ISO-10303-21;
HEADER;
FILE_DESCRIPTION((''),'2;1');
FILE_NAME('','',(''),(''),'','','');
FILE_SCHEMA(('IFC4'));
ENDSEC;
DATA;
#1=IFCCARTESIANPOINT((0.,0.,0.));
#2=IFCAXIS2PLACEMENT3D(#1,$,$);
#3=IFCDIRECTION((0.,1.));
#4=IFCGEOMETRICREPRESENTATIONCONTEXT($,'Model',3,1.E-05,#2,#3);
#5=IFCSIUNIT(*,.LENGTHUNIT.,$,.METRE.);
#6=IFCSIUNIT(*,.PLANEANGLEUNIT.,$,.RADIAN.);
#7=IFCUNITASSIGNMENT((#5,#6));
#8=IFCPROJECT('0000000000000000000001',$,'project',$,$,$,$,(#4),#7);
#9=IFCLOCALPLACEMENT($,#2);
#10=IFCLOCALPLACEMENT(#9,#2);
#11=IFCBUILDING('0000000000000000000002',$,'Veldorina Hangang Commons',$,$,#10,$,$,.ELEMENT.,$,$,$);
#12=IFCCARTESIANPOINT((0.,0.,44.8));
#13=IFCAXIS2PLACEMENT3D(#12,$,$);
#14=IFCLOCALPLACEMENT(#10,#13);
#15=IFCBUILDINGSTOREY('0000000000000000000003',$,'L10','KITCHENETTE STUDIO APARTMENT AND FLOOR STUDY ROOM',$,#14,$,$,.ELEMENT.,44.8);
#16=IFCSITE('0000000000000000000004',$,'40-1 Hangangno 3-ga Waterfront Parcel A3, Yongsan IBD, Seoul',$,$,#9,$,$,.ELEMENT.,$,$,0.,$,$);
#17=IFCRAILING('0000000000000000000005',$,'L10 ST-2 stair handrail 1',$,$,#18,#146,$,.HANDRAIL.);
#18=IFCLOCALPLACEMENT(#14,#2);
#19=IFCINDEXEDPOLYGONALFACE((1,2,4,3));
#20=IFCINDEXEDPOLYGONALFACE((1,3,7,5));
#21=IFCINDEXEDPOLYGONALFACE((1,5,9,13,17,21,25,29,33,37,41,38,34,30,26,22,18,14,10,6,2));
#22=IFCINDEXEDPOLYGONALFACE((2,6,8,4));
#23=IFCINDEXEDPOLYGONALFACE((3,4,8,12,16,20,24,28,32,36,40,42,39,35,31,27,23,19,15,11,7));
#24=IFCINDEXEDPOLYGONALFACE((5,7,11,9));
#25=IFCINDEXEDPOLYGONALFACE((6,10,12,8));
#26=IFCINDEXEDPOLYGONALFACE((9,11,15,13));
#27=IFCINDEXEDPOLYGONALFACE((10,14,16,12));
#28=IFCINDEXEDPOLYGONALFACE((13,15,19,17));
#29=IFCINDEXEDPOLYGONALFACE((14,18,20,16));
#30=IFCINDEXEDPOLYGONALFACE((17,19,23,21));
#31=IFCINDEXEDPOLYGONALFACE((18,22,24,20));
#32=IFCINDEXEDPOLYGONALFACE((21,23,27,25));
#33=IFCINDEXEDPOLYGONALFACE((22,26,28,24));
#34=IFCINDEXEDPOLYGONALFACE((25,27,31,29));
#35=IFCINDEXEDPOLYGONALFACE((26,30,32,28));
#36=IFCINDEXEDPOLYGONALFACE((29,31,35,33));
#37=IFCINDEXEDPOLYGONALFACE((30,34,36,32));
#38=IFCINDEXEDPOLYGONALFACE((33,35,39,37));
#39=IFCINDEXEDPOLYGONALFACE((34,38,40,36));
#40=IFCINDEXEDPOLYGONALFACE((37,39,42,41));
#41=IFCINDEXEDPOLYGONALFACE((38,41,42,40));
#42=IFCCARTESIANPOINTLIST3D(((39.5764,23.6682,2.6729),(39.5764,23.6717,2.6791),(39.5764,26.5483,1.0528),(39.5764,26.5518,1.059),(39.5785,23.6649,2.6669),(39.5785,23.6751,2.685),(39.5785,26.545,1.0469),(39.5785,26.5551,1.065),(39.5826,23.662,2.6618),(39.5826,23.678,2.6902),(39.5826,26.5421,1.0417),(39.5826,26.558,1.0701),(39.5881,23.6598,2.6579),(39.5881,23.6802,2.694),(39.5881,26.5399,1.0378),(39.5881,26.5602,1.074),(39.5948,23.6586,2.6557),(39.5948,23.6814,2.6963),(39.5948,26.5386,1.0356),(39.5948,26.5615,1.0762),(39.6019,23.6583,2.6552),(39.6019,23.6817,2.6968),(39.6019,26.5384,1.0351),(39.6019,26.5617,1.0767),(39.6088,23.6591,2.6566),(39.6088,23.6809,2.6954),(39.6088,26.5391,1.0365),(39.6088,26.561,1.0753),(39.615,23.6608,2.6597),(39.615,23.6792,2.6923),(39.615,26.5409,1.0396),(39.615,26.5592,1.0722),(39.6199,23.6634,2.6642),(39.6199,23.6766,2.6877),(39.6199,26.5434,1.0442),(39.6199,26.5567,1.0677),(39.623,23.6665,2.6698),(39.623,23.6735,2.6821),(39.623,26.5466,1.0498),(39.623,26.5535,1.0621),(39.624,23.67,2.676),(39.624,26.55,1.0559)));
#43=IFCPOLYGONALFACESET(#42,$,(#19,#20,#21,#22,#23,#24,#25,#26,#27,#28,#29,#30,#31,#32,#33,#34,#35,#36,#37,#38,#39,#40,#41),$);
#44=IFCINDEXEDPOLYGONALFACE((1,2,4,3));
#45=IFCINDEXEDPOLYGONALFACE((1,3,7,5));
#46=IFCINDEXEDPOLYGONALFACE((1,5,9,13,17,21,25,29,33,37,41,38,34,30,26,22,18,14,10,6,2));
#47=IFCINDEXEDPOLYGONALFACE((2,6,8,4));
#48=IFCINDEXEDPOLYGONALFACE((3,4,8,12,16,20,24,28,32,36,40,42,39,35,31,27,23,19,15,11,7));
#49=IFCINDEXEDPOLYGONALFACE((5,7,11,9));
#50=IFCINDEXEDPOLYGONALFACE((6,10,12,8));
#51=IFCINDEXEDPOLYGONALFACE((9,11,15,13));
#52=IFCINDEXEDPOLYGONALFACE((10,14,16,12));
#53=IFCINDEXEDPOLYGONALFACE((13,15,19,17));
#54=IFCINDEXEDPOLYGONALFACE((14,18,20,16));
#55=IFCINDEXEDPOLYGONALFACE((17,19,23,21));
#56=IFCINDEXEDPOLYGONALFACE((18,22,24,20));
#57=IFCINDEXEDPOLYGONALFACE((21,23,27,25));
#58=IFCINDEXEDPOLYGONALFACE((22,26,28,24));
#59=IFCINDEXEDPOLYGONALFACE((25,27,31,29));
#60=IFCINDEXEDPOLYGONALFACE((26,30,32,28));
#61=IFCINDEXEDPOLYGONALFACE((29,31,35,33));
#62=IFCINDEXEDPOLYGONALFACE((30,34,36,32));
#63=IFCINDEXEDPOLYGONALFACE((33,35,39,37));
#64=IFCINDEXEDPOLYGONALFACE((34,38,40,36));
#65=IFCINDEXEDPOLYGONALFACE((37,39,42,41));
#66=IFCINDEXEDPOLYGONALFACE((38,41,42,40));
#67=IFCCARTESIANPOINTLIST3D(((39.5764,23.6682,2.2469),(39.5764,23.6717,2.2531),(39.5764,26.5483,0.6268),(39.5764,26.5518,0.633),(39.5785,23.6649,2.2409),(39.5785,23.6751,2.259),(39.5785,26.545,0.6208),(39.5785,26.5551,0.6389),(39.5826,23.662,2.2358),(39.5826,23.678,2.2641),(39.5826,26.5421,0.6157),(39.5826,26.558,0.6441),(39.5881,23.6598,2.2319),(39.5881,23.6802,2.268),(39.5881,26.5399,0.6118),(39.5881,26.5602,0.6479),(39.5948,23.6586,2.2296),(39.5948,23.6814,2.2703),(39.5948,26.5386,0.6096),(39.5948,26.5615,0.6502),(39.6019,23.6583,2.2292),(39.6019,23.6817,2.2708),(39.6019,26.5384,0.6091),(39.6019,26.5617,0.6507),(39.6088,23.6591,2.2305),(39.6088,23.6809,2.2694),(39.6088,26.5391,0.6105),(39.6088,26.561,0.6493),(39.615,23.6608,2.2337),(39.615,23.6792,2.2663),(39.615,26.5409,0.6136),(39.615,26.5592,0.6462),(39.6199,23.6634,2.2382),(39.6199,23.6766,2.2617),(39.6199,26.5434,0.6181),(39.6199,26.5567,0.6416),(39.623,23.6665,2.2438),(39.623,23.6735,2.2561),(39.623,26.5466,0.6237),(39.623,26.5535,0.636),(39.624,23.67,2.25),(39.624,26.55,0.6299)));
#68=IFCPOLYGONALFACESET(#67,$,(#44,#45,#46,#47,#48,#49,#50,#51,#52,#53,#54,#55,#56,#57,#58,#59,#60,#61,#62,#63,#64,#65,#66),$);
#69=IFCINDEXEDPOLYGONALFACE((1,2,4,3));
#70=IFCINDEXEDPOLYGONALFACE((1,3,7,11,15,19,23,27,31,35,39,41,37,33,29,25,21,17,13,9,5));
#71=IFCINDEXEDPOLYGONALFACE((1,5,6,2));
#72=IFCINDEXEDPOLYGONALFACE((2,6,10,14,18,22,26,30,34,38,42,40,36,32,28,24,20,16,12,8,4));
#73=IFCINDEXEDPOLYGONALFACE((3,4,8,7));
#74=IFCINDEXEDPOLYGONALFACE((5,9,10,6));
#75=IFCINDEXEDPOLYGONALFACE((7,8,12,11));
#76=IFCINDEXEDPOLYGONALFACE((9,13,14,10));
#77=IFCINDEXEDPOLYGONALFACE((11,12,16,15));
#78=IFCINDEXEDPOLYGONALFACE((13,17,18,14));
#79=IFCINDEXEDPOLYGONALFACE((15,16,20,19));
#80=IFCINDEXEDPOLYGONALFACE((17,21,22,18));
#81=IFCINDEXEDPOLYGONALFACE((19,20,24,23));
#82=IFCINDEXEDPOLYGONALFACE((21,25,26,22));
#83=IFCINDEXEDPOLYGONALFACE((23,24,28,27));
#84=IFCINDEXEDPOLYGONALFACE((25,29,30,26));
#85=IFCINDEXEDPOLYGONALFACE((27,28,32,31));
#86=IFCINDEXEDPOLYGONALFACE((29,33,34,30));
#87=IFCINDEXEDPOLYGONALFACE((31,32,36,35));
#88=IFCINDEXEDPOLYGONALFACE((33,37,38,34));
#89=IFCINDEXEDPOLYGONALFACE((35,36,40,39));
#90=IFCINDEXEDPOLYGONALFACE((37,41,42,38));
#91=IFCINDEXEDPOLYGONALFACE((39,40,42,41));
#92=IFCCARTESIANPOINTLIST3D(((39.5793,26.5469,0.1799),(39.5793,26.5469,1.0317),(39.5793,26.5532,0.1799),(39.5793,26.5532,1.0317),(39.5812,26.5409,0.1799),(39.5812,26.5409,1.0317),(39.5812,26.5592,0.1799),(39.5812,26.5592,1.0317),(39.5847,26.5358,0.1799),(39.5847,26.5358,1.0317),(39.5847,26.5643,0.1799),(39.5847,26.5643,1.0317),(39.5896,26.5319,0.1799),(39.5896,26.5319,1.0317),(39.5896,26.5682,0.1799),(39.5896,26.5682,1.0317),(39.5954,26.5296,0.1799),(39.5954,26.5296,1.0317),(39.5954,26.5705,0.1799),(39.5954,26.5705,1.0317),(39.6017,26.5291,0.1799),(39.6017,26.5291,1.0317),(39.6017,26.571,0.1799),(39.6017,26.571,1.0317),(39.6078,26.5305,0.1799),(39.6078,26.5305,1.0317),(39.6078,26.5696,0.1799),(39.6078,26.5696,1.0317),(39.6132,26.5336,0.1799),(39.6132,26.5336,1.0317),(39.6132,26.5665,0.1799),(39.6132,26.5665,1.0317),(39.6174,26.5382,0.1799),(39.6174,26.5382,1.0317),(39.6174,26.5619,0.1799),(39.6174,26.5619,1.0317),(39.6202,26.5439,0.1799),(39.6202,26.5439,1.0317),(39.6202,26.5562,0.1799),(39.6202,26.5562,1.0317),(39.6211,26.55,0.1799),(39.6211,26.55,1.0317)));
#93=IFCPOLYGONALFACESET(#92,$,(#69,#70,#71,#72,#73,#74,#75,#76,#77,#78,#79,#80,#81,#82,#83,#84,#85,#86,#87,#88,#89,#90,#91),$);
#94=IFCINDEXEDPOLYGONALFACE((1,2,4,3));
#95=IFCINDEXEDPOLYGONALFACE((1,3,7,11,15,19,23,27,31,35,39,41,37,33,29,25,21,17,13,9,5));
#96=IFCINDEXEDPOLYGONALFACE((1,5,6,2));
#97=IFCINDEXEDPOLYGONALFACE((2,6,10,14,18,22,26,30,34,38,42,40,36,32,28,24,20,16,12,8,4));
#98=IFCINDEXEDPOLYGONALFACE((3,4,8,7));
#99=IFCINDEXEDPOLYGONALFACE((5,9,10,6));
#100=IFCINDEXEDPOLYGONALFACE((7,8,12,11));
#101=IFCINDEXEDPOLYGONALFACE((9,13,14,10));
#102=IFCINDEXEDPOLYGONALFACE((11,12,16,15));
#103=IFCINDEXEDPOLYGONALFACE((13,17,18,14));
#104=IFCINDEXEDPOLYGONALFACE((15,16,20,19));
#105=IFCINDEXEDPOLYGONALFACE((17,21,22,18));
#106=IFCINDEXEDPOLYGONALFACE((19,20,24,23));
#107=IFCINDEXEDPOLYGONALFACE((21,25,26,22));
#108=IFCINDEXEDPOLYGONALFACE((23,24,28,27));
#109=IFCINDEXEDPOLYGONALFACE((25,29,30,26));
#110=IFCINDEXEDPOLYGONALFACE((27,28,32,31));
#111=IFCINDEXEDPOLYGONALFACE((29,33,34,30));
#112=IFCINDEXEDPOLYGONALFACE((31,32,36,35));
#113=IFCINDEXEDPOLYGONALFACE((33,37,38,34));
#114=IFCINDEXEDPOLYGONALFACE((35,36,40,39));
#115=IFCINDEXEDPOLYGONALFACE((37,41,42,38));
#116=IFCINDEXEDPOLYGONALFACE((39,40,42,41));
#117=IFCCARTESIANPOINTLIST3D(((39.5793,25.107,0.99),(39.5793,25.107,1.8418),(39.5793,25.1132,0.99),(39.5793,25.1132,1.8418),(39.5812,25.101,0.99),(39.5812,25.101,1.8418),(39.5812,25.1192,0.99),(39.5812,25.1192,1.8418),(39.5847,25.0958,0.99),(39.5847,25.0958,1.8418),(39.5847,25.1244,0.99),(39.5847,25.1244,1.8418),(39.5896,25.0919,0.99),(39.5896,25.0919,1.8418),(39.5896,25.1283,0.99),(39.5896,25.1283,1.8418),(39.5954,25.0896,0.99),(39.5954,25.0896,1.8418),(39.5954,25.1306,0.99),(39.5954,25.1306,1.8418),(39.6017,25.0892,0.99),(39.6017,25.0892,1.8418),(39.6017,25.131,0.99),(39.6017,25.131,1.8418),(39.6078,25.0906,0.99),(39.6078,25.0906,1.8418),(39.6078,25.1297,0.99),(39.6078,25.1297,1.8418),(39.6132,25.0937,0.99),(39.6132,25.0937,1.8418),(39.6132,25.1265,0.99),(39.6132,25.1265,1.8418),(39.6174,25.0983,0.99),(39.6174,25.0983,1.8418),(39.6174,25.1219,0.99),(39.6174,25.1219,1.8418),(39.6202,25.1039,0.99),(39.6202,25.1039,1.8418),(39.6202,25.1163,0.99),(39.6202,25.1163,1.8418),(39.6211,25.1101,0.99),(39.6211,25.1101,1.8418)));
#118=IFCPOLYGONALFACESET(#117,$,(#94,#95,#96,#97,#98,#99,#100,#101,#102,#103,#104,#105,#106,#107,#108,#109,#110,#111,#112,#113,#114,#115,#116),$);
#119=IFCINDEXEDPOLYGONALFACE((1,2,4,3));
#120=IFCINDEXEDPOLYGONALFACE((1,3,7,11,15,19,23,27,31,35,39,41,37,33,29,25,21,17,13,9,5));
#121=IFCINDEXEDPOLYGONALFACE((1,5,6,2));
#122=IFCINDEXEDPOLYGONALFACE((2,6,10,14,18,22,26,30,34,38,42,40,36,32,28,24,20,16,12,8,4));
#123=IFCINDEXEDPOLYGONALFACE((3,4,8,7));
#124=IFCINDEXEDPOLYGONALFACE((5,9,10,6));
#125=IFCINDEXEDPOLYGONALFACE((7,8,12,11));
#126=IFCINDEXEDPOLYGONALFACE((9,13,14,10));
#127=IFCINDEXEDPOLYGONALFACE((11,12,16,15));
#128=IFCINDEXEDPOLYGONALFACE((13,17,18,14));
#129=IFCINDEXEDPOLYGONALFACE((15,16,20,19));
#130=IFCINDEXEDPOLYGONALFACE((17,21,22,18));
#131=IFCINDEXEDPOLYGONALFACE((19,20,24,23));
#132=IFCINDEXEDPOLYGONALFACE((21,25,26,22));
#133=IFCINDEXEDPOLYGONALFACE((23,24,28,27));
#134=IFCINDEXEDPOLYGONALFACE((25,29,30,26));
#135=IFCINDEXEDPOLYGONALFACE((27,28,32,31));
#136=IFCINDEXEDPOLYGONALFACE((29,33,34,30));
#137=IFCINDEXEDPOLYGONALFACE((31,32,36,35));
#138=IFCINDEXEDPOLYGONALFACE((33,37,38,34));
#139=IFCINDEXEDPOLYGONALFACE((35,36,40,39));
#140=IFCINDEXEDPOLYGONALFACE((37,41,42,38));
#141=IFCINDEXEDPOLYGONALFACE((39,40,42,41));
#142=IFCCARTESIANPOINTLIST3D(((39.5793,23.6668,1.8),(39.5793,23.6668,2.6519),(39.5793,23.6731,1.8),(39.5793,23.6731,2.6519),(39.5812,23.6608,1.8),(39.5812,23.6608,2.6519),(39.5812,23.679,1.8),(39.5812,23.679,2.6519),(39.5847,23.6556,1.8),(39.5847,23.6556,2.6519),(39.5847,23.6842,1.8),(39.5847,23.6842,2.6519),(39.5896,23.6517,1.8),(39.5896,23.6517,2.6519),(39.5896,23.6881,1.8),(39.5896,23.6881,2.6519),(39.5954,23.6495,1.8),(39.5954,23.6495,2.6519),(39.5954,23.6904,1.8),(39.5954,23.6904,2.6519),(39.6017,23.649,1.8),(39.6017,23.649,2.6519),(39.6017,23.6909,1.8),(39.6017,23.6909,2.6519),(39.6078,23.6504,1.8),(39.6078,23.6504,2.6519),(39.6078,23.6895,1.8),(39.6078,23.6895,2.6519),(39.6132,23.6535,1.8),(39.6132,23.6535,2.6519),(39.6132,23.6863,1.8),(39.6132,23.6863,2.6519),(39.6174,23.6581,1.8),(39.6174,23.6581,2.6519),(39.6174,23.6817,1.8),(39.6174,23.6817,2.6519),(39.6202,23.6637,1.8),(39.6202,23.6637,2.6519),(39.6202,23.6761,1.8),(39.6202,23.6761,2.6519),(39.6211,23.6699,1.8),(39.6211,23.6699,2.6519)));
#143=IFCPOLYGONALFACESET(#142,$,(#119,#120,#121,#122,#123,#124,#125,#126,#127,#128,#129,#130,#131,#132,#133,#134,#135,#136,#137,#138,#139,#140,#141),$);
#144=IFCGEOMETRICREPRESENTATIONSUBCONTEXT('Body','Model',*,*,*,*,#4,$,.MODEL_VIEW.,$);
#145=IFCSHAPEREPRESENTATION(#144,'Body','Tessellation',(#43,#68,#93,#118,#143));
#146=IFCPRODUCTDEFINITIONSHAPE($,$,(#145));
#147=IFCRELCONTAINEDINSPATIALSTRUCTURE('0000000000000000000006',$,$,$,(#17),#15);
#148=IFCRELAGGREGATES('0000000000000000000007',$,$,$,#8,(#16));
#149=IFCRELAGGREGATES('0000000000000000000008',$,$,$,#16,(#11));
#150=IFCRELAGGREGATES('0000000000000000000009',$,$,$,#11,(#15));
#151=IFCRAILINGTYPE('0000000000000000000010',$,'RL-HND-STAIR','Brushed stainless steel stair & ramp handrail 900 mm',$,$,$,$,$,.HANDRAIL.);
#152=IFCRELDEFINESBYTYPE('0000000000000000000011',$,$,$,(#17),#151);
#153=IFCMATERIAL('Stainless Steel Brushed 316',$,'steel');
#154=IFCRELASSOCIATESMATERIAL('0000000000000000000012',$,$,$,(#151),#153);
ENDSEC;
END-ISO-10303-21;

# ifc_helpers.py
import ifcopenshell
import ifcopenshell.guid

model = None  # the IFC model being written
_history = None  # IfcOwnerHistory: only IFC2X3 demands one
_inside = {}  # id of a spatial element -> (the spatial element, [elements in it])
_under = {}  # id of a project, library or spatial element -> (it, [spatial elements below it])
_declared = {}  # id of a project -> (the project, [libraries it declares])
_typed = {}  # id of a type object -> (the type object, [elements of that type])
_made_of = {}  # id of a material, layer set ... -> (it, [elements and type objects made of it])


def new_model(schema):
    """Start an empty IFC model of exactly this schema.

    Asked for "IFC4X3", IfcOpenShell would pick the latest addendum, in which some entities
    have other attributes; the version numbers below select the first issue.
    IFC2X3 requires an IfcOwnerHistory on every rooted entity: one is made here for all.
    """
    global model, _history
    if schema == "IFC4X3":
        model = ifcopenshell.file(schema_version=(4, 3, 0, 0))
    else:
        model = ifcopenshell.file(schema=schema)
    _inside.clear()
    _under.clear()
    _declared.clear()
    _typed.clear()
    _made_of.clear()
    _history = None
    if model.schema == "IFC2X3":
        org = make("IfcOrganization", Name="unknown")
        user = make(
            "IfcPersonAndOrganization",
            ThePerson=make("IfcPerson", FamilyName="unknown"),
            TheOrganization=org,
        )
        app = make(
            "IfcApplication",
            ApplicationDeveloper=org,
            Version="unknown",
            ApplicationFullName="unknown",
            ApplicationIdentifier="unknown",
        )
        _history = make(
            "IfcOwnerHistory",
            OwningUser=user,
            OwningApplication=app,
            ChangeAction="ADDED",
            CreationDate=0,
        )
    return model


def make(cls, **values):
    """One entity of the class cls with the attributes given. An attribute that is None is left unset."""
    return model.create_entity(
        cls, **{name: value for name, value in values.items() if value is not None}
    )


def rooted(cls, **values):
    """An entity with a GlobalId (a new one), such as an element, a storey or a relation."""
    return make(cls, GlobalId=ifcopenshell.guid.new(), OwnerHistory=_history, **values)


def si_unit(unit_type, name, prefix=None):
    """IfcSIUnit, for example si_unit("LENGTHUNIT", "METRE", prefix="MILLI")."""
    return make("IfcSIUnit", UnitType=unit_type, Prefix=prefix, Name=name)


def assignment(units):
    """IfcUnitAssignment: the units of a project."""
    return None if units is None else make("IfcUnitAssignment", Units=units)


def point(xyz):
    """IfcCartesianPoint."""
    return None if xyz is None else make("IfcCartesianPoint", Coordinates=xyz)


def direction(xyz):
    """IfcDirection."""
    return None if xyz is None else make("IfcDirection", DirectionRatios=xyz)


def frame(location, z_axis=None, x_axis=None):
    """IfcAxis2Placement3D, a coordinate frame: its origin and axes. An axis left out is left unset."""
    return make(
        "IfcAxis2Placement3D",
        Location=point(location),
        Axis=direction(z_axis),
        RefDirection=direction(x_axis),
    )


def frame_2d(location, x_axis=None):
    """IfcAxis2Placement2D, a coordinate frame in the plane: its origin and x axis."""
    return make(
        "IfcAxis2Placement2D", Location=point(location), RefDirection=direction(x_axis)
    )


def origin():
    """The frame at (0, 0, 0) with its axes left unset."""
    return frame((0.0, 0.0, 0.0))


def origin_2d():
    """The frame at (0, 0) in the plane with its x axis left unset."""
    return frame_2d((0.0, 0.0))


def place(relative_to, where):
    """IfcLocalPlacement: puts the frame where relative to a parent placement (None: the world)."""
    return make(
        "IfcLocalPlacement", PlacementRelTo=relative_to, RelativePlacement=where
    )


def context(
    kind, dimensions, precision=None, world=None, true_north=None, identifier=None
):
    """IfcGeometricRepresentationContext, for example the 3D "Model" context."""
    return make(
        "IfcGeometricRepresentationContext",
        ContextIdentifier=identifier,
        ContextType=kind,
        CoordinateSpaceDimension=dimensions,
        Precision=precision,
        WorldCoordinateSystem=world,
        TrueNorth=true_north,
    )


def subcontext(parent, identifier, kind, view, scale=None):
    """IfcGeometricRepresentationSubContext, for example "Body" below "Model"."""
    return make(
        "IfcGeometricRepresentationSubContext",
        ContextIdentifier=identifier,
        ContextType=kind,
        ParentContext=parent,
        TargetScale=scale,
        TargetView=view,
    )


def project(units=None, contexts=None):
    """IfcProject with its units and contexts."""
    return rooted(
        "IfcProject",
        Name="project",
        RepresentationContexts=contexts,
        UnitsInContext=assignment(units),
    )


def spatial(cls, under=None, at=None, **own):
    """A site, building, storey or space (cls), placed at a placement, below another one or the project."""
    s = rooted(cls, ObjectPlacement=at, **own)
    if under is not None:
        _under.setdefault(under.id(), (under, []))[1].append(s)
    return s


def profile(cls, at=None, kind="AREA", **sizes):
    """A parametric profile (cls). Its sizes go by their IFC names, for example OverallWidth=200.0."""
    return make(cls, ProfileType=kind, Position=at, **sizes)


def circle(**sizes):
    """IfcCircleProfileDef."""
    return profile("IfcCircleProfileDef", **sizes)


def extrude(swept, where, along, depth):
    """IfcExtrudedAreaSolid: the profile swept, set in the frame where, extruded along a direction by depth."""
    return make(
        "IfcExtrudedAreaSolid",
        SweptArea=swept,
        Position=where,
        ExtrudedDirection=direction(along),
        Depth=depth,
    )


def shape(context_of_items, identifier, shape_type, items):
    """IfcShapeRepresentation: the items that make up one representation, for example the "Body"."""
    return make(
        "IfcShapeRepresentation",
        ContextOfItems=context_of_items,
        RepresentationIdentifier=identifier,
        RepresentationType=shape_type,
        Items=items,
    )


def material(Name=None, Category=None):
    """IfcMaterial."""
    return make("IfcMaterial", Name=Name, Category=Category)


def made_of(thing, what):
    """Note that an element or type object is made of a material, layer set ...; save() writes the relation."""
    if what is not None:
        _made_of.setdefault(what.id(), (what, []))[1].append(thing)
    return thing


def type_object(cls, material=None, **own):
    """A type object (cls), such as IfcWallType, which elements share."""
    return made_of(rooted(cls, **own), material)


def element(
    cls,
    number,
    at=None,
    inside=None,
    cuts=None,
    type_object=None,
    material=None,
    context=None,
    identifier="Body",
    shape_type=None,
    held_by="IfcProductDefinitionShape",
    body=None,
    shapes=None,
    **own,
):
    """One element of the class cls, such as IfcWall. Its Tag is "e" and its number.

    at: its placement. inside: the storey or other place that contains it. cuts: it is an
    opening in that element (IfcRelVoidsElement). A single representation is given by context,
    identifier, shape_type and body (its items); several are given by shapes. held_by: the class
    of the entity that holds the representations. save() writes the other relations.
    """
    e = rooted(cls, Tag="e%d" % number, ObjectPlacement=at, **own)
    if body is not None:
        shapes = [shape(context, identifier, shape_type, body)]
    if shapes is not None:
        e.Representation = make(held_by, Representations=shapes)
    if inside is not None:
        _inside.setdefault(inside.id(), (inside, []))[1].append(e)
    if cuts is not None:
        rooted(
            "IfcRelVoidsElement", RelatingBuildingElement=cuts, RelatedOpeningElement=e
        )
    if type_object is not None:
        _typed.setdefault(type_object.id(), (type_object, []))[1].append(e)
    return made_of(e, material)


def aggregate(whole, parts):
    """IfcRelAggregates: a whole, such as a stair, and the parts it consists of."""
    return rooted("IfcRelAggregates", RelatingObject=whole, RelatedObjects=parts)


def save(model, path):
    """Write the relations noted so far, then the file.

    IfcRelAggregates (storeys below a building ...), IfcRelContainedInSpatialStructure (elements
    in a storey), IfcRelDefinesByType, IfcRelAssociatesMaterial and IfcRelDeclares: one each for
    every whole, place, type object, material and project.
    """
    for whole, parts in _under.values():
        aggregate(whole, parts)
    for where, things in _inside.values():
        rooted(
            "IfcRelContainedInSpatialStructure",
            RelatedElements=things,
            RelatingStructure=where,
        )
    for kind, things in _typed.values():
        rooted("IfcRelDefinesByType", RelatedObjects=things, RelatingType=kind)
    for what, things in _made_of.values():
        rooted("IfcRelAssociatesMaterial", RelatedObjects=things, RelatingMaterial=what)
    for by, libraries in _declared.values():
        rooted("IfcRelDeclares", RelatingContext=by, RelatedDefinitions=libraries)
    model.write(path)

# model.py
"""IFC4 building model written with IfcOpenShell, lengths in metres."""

from ifc_helpers import new_model, si_unit, direction, frame, origin, origin_2d, place, context, subcontext, project, spatial, circle, extrude, material, type_object, element, save


model = new_model("IFC4")

# Units and contexts
model_context = context("Model", 3, precision=1e-05, world=origin(), true_north=direction((0.0, 1.0)))
body_context = subcontext(model_context, "Body", "Model", "MODEL_VIEW")
ifc_project = project(units=[si_unit("LENGTHUNIT", "METRE"), si_unit("PLANEANGLEUNIT", "RADIAN")], contexts=[model_context])

# Site, building, storey
site_placement = place(None, origin())
site = spatial("IfcSite", under=ifc_project, at=site_placement, Name="40-1 Hangangno 3-ga Waterfront Parcel A3, Yongsan IBD, Seoul", CompositionType="ELEMENT", RefElevation=0.0)
building_placement = place(site_placement, origin())
building = spatial("IfcBuilding", under=site, at=building_placement, Name="Veldorina Hangang Commons", CompositionType="ELEMENT")
storey_placement = place(building_placement, frame((0.0, 0.0, 44.8)))
storey = spatial("IfcBuildingStorey", under=building, at=storey_placement, Name="L10", Description="KITCHENETTE STUDIO APARTMENT AND FLOOR STUDY ROOM", CompositionType="ELEMENT", Elevation=44.8)

# Railing
ifc_material_1 = material(Name="Stainless Steel Brushed 316", Category="steel")
railing_type_1 = type_object("IfcRailingType", Name="RL-HND-STAIR", Description="Brushed stainless steel stair & ramp handrail 900 mm", PredefinedType="HANDRAIL", material=ifc_material_1)
railing_1_placement = place(storey_placement, frame((39.6001, 26.55, 0.1799)))
element("IfcRailing", 1, at=railing_1_placement, inside=storey, type_object=railing_type_1, Name="L10 ST-2 stair handrail 1", PredefinedType="HANDRAIL", context=body_context, shape_type="SweptSolid", body=[
    extrude(circle(Radius=0.0239, at=origin_2d()), frame((0.0, 0.0, 0.876), z_axis=(0.0, -0.87157, 0.490272), x_axis=(1.0, 0.0, 0.0)), (0.0, 0.0, 1.0), 3.3044),
    extrude(circle(Radius=0.0239, at=origin_2d()), frame((0.0, 0.0, 0.45), z_axis=(0.0, -0.87157, 0.490272), x_axis=(1.0, 0.0, 0.0)), (0.0, 0.0, 1.0), 3.3044),
    extrude(circle(Radius=0.021, at=origin_2d()), origin(), (0.0, 0.0, 1.0), 0.8518),
    extrude(circle(Radius=0.021, at=origin_2d()), frame((0.0, -1.4399, 0.8101)), (0.0, 0.0, 1.0), 0.8518),
    extrude(circle(Radius=0.021, at=origin_2d()), frame((0.0, -2.8801, 1.6201)), (0.0, 0.0, 1.0), 0.8518),
])

save(model, "model.ifc")
